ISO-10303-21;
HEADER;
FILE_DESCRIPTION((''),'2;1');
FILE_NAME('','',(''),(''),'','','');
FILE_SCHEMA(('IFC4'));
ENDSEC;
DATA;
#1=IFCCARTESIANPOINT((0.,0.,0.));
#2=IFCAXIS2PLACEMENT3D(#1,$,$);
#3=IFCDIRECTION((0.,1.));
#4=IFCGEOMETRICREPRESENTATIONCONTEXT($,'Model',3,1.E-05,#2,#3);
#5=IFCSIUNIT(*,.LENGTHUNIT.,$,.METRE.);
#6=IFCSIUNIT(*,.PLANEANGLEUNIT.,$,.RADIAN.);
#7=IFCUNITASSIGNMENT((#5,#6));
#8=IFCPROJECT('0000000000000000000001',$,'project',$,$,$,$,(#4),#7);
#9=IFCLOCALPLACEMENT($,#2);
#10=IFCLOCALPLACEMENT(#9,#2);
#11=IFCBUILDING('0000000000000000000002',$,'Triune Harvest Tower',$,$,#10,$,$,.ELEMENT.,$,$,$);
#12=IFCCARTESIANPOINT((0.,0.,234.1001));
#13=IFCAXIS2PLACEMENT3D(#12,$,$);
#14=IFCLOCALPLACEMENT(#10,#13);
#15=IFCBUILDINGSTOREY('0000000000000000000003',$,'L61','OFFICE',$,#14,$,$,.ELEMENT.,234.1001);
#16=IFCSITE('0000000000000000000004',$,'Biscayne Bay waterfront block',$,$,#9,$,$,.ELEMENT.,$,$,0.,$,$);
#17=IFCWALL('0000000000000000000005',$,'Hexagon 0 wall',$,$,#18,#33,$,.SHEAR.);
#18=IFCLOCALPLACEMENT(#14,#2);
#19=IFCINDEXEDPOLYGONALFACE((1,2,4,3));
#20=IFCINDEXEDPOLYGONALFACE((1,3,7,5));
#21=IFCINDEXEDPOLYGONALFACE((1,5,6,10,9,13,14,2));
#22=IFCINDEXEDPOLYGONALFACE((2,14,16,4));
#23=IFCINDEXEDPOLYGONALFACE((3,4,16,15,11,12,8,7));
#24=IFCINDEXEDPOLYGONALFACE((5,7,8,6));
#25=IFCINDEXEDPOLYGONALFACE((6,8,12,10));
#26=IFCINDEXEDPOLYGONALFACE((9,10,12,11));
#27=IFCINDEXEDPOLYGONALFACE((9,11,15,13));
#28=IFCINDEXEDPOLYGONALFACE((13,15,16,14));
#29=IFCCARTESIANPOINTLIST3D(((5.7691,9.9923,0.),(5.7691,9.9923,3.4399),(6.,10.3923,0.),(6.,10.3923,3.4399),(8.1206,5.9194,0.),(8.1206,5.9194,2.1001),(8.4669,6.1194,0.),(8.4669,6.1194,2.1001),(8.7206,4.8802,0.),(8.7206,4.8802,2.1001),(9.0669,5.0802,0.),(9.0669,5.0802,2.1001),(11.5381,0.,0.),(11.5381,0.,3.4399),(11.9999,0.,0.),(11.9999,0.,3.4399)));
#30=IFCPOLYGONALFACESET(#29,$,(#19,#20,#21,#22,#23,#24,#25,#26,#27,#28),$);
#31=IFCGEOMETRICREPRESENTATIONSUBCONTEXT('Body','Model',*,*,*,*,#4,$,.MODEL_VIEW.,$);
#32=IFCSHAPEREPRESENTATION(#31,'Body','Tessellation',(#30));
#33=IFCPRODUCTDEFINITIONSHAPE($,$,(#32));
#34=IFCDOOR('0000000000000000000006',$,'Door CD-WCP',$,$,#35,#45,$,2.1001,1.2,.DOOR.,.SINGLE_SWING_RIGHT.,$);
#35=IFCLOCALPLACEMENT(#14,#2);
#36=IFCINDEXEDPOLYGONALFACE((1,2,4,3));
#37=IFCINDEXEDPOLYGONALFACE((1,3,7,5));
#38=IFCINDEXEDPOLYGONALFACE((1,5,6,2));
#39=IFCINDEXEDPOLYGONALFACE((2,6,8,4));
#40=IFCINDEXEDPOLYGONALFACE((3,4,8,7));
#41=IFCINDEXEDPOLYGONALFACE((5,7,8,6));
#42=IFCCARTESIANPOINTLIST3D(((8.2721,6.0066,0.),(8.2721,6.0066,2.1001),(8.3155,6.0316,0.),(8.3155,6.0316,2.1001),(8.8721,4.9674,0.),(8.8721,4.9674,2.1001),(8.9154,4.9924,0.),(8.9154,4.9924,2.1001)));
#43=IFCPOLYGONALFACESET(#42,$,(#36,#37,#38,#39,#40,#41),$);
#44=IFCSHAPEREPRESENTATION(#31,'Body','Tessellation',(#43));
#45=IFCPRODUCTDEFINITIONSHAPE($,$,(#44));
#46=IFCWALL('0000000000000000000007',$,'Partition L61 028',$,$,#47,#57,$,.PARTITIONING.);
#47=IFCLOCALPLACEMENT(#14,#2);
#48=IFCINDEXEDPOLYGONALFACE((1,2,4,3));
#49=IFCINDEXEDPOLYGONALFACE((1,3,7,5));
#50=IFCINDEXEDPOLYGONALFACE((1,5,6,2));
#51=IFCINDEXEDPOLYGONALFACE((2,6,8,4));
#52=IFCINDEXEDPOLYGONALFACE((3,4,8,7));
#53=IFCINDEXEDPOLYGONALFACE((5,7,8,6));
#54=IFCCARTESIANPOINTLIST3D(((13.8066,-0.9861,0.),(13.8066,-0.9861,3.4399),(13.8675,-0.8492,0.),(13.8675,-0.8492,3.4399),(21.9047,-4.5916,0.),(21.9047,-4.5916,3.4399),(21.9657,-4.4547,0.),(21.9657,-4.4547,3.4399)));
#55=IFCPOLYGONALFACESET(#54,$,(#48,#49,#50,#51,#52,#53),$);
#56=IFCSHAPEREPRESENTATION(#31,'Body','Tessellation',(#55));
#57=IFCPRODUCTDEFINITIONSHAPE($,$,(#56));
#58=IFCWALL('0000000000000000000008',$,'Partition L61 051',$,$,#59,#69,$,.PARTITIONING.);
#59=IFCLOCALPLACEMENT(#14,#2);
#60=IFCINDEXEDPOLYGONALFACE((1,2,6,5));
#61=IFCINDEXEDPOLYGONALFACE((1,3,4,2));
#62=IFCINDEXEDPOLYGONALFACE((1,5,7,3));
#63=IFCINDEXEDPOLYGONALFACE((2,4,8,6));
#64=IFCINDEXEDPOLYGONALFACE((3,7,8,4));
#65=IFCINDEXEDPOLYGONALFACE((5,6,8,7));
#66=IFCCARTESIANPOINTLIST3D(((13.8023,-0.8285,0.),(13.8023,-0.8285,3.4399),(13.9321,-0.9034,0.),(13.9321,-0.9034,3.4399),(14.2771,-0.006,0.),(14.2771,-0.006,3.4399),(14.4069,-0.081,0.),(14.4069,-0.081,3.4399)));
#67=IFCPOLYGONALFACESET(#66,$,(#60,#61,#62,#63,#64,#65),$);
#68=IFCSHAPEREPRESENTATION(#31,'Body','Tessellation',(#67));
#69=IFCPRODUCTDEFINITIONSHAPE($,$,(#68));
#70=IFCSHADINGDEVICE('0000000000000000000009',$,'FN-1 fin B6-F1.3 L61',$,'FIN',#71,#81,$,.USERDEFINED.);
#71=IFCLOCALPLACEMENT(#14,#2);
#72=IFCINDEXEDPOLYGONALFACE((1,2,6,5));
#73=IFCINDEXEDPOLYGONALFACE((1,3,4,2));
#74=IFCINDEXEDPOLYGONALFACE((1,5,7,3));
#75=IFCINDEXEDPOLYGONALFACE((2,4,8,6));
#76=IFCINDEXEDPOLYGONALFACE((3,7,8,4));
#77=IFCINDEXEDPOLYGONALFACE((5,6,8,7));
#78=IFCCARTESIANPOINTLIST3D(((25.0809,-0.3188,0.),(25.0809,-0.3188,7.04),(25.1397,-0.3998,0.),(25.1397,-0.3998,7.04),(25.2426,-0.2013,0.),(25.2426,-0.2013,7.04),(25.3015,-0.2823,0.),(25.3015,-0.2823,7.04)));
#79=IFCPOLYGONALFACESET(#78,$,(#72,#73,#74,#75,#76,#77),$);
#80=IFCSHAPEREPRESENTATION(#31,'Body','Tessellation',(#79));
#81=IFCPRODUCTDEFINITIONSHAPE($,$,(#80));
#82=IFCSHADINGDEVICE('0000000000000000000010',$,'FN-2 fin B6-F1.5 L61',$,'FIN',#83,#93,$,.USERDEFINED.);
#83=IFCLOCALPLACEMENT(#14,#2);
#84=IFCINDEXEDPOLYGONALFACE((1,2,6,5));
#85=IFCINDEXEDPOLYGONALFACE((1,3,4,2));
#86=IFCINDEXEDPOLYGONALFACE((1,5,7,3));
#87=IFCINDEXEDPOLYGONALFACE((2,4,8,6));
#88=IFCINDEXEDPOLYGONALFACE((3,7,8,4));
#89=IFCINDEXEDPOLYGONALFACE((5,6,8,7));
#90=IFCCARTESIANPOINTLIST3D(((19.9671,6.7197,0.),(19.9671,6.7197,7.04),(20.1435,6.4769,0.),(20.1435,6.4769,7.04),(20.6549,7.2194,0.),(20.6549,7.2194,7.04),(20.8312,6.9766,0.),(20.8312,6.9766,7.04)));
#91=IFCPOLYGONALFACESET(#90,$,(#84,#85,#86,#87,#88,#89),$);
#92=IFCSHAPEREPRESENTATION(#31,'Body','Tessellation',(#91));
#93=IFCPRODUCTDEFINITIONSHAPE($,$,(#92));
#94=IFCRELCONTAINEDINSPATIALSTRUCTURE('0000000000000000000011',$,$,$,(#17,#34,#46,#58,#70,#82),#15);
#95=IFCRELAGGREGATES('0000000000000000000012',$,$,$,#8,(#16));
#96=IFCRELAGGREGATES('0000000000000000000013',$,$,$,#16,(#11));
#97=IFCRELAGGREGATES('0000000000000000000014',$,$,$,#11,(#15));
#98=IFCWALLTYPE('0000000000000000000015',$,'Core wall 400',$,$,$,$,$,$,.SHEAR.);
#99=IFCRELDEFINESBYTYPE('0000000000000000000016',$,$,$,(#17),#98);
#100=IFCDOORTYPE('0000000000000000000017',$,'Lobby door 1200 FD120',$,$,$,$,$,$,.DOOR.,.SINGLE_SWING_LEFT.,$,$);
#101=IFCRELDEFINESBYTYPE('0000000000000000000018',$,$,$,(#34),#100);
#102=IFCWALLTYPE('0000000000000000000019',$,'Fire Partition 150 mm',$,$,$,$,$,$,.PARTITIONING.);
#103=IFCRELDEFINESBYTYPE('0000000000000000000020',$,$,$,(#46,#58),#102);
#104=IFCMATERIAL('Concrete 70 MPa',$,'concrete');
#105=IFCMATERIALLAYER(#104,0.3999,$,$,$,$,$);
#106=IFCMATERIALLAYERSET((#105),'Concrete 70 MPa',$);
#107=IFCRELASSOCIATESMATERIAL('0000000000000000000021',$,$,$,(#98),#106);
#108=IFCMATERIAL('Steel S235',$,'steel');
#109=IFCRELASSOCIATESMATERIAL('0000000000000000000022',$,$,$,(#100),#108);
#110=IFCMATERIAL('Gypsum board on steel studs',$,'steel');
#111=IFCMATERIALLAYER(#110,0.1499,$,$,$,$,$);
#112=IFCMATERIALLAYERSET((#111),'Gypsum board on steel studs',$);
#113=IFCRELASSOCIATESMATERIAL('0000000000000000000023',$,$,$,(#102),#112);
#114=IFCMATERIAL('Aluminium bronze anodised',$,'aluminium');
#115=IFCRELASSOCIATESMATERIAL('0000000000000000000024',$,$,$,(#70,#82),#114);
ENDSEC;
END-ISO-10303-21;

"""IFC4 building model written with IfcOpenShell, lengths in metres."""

from ifc_helpers import new_model, si_unit, direction, frame, frame_2d, origin, origin_2d, place, context, subcontext, project, spatial, polyline, rectangle, outline, extrude, source, transform, mapped, material, layer, layer_set, type_object, element, fill, save


model = new_model("IFC4")

# Units and contexts
model_context = context("Model", 3, precision=1e-05, world=origin(), true_north=direction((0.0, 1.0)))
body_context = subcontext(model_context, "Body", "Model", "MODEL_VIEW")
ifc_project = project(units=[si_unit("LENGTHUNIT", "METRE"), si_unit("PLANEANGLEUNIT", "RADIAN")], contexts=[model_context])

# Site, building, storey
site_placement = place(None, origin())
site = spatial("IfcSite", under=ifc_project, at=site_placement, Name="Biscayne Bay waterfront block", CompositionType="ELEMENT", RefElevation=0.0)
building_placement = place(site_placement, origin())
building = spatial("IfcBuilding", under=site, at=building_placement, Name="Triune Harvest Tower", CompositionType="ELEMENT")
storey_placement = place(building_placement, frame((0.0, 0.0, 234.1001)))
storey = spatial("IfcBuildingStorey", under=building, at=storey_placement, Name="L61", Description="OFFICE", CompositionType="ELEMENT", Elevation=234.1001)

# Wall, opening, door
ifc_material_1 = material(Name="Concrete 70 MPa", Category="concrete")
ifc_layer_1 = layer(ifc_material_1, 0.3999)
ifc_layer_set_1 = layer_set([ifc_layer_1], Name="Concrete 70 MPa")
wall_type_1 = type_object("IfcWallType", Name="Core wall 400", PredefinedType="SHEAR", material=ifc_layer_set_1)
shared_shape_1 = source(origin(), body_context, "Body", "SweptSolid", [
    extrude(outline(polyline([(-0.1155, -0.2), (11.8845, -0.2), (11.6536, 0.2), (0.1155, 0.2), (-0.1155, -0.2)])), origin(), (0.0, 0.0, 1.0), 3.4399),
])
wall_1_placement = place(storey_placement, frame((11.769, 0.0, 0.0), z_axis=(0.0, 0.0, 1.0), x_axis=(-0.499997, 0.866027, 0.0)))
wall_1 = element("IfcWall", 1, at=wall_1_placement, inside=storey, type_object=wall_type_1, Name="Hexagon 0 wall", PredefinedType="SHEAR", context=body_context, shape_type="MappedRepresentation", body=[
    mapped(shared_shape_1, transform((0.0, 0.0, 0.0), scale=1.0)),
])
opening_placement = place(wall_1_placement, frame((5.7505, 0.0, 0.0)))
opening = element("IfcOpeningElement", 2, at=opening_placement, cuts=wall_1, PredefinedType="OPENING", context=body_context, shape_type="SweptSolid", body=[
    extrude(rectangle(XDim=1.2, YDim=2.1001, at=frame_2d((0.6001, 1.05))), frame((0.0, 0.21, 0.0), z_axis=(0.0, -1.0, 0.0), x_axis=(1.0, 0.0, 0.0)), (0.0, 0.0, 1.0), 0.4199),
])
ifc_material_2 = material(Name="Steel S235", Category="steel")
door_type = type_object("IfcDoorType", Name="Lobby door 1200 FD120", OperationType="SINGLE_SWING_LEFT", PredefinedType="DOOR", material=ifc_material_2)
door_placement = place(opening_placement, frame((1.2, 0.0, 0.0), z_axis=(0.0, 0.0, 1.0), x_axis=(-1.0, 0.0, 0.0)))
door = element("IfcDoor", 3, at=door_placement, inside=storey, type_object=door_type, Name="Door CD-WCP", OperationType="SINGLE_SWING_RIGHT", OverallHeight=2.1001, OverallWidth=1.2, PredefinedType="DOOR", context=body_context, shape_type="SweptSolid", body=[
    extrude(rectangle(XDim=1.2, YDim=2.1001, at=frame_2d((0.6001, 1.05))), frame((0.0, 0.0249, 0.0), z_axis=(0.0, -1.0, 0.0), x_axis=(1.0, 0.0, 0.0)), (0.0, 0.0, 1.0), 0.05),
])
fill(opening, door)

# Walls
ifc_material_3 = material(Name="Gypsum board on steel studs", Category="steel")
ifc_layer_2 = layer(ifc_material_3, 0.1499)
ifc_layer_set_2 = layer_set([ifc_layer_2], Name="Gypsum board on steel studs")
wall_type_2 = type_object("IfcWallType", Name="Fire Partition 150 mm", PredefinedType="PARTITIONING", material=ifc_layer_set_2)
shared_shape_2 = source(origin(), body_context, "Body", "SweptSolid", [
    extrude(rectangle(XDim=8.8645, YDim=0.1499, at=frame_2d((4.4321, 0.0))), origin(), (0.0, 0.0, 1.0), 3.4399),
])
wall_2_placement = place(storey_placement, frame((13.8372, -0.9177, 0.0), z_axis=(0.0, 0.0, 1.0), x_axis=(0.913548, -0.406731, 0.0)))
element("IfcWall", 4, at=wall_2_placement, inside=storey, type_object=wall_type_2, Name="Partition L61 028", PredefinedType="PARTITIONING", context=body_context, shape_type="MappedRepresentation", body=[
    mapped(shared_shape_2, transform((0.0, 0.0, 0.0), scale=1.0)),
])
shared_shape_3 = source(origin(), body_context, "Body", "SweptSolid", [
    extrude(rectangle(XDim=0.9497, YDim=0.1499, at=frame_2d((0.4749, 0.0))), origin(), (0.0, 0.0, 1.0), 3.4399),
])
wall_3_placement = place(storey_placement, frame((13.8672, -0.866, 0.0), z_axis=(0.0, 0.0, 1.0), x_axis=(0.499982, 0.866036, 0.0)))
element("IfcWall", 5, at=wall_3_placement, inside=storey, type_object=wall_type_2, Name="Partition L61 051", PredefinedType="PARTITIONING", context=body_context, shape_type="MappedRepresentation", body=[
    mapped(shared_shape_3, transform((0.0, 0.0, 0.0), scale=1.0)),
])

# Shading devices
ifc_material_4 = material(Name="Aluminium bronze anodised", Category="aluminium")
shared_shape_4 = source(origin(), body_context, "Body", "SweptSolid", [
    extrude(rectangle(XDim=0.1001, YDim=0.2, at=origin_2d()), origin(), (0.0, 0.0, 1.0), 7.04),
])
shading_device_1_placement = place(storey_placement, frame((25.1912, -0.3005, 0.0), z_axis=(0.0, 0.0, 1.0), x_axis=(-0.587786, 0.809017, 0.0)))
element("IfcShadingDevice", 6, at=shading_device_1_placement, inside=storey, material=ifc_material_4, Name="FN-1 fin B6-F1.3 L61", ObjectType="FIN", PredefinedType="USERDEFINED", context=body_context, shape_type="MappedRepresentation", body=[
    mapped(shared_shape_4, transform((0.0, 0.0, 0.0), scale=1.0)),
])
shared_shape_5 = source(origin(), body_context, "Body", "SweptSolid", [
    extrude(rectangle(XDim=0.3, YDim=0.8501, at=origin_2d()), origin(), (0.0, 0.0, 1.0), 7.04),
])
shading_device_2_placement = place(storey_placement, frame((20.3992, 6.8481, 0.0), z_axis=(0.0, 0.0, 1.0), x_axis=(-0.587786, 0.809017, 0.0)))
element("IfcShadingDevice", 7, at=shading_device_2_placement, inside=storey, material=ifc_material_4, Name="FN-2 fin B6-F1.5 L61", ObjectType="FIN", PredefinedType="USERDEFINED", context=body_context, shape_type="MappedRepresentation", body=[
    mapped(shared_shape_5, transform((0.0, 0.0, 0.0), scale=1.0)),
])

save(model, "model.ifc")
